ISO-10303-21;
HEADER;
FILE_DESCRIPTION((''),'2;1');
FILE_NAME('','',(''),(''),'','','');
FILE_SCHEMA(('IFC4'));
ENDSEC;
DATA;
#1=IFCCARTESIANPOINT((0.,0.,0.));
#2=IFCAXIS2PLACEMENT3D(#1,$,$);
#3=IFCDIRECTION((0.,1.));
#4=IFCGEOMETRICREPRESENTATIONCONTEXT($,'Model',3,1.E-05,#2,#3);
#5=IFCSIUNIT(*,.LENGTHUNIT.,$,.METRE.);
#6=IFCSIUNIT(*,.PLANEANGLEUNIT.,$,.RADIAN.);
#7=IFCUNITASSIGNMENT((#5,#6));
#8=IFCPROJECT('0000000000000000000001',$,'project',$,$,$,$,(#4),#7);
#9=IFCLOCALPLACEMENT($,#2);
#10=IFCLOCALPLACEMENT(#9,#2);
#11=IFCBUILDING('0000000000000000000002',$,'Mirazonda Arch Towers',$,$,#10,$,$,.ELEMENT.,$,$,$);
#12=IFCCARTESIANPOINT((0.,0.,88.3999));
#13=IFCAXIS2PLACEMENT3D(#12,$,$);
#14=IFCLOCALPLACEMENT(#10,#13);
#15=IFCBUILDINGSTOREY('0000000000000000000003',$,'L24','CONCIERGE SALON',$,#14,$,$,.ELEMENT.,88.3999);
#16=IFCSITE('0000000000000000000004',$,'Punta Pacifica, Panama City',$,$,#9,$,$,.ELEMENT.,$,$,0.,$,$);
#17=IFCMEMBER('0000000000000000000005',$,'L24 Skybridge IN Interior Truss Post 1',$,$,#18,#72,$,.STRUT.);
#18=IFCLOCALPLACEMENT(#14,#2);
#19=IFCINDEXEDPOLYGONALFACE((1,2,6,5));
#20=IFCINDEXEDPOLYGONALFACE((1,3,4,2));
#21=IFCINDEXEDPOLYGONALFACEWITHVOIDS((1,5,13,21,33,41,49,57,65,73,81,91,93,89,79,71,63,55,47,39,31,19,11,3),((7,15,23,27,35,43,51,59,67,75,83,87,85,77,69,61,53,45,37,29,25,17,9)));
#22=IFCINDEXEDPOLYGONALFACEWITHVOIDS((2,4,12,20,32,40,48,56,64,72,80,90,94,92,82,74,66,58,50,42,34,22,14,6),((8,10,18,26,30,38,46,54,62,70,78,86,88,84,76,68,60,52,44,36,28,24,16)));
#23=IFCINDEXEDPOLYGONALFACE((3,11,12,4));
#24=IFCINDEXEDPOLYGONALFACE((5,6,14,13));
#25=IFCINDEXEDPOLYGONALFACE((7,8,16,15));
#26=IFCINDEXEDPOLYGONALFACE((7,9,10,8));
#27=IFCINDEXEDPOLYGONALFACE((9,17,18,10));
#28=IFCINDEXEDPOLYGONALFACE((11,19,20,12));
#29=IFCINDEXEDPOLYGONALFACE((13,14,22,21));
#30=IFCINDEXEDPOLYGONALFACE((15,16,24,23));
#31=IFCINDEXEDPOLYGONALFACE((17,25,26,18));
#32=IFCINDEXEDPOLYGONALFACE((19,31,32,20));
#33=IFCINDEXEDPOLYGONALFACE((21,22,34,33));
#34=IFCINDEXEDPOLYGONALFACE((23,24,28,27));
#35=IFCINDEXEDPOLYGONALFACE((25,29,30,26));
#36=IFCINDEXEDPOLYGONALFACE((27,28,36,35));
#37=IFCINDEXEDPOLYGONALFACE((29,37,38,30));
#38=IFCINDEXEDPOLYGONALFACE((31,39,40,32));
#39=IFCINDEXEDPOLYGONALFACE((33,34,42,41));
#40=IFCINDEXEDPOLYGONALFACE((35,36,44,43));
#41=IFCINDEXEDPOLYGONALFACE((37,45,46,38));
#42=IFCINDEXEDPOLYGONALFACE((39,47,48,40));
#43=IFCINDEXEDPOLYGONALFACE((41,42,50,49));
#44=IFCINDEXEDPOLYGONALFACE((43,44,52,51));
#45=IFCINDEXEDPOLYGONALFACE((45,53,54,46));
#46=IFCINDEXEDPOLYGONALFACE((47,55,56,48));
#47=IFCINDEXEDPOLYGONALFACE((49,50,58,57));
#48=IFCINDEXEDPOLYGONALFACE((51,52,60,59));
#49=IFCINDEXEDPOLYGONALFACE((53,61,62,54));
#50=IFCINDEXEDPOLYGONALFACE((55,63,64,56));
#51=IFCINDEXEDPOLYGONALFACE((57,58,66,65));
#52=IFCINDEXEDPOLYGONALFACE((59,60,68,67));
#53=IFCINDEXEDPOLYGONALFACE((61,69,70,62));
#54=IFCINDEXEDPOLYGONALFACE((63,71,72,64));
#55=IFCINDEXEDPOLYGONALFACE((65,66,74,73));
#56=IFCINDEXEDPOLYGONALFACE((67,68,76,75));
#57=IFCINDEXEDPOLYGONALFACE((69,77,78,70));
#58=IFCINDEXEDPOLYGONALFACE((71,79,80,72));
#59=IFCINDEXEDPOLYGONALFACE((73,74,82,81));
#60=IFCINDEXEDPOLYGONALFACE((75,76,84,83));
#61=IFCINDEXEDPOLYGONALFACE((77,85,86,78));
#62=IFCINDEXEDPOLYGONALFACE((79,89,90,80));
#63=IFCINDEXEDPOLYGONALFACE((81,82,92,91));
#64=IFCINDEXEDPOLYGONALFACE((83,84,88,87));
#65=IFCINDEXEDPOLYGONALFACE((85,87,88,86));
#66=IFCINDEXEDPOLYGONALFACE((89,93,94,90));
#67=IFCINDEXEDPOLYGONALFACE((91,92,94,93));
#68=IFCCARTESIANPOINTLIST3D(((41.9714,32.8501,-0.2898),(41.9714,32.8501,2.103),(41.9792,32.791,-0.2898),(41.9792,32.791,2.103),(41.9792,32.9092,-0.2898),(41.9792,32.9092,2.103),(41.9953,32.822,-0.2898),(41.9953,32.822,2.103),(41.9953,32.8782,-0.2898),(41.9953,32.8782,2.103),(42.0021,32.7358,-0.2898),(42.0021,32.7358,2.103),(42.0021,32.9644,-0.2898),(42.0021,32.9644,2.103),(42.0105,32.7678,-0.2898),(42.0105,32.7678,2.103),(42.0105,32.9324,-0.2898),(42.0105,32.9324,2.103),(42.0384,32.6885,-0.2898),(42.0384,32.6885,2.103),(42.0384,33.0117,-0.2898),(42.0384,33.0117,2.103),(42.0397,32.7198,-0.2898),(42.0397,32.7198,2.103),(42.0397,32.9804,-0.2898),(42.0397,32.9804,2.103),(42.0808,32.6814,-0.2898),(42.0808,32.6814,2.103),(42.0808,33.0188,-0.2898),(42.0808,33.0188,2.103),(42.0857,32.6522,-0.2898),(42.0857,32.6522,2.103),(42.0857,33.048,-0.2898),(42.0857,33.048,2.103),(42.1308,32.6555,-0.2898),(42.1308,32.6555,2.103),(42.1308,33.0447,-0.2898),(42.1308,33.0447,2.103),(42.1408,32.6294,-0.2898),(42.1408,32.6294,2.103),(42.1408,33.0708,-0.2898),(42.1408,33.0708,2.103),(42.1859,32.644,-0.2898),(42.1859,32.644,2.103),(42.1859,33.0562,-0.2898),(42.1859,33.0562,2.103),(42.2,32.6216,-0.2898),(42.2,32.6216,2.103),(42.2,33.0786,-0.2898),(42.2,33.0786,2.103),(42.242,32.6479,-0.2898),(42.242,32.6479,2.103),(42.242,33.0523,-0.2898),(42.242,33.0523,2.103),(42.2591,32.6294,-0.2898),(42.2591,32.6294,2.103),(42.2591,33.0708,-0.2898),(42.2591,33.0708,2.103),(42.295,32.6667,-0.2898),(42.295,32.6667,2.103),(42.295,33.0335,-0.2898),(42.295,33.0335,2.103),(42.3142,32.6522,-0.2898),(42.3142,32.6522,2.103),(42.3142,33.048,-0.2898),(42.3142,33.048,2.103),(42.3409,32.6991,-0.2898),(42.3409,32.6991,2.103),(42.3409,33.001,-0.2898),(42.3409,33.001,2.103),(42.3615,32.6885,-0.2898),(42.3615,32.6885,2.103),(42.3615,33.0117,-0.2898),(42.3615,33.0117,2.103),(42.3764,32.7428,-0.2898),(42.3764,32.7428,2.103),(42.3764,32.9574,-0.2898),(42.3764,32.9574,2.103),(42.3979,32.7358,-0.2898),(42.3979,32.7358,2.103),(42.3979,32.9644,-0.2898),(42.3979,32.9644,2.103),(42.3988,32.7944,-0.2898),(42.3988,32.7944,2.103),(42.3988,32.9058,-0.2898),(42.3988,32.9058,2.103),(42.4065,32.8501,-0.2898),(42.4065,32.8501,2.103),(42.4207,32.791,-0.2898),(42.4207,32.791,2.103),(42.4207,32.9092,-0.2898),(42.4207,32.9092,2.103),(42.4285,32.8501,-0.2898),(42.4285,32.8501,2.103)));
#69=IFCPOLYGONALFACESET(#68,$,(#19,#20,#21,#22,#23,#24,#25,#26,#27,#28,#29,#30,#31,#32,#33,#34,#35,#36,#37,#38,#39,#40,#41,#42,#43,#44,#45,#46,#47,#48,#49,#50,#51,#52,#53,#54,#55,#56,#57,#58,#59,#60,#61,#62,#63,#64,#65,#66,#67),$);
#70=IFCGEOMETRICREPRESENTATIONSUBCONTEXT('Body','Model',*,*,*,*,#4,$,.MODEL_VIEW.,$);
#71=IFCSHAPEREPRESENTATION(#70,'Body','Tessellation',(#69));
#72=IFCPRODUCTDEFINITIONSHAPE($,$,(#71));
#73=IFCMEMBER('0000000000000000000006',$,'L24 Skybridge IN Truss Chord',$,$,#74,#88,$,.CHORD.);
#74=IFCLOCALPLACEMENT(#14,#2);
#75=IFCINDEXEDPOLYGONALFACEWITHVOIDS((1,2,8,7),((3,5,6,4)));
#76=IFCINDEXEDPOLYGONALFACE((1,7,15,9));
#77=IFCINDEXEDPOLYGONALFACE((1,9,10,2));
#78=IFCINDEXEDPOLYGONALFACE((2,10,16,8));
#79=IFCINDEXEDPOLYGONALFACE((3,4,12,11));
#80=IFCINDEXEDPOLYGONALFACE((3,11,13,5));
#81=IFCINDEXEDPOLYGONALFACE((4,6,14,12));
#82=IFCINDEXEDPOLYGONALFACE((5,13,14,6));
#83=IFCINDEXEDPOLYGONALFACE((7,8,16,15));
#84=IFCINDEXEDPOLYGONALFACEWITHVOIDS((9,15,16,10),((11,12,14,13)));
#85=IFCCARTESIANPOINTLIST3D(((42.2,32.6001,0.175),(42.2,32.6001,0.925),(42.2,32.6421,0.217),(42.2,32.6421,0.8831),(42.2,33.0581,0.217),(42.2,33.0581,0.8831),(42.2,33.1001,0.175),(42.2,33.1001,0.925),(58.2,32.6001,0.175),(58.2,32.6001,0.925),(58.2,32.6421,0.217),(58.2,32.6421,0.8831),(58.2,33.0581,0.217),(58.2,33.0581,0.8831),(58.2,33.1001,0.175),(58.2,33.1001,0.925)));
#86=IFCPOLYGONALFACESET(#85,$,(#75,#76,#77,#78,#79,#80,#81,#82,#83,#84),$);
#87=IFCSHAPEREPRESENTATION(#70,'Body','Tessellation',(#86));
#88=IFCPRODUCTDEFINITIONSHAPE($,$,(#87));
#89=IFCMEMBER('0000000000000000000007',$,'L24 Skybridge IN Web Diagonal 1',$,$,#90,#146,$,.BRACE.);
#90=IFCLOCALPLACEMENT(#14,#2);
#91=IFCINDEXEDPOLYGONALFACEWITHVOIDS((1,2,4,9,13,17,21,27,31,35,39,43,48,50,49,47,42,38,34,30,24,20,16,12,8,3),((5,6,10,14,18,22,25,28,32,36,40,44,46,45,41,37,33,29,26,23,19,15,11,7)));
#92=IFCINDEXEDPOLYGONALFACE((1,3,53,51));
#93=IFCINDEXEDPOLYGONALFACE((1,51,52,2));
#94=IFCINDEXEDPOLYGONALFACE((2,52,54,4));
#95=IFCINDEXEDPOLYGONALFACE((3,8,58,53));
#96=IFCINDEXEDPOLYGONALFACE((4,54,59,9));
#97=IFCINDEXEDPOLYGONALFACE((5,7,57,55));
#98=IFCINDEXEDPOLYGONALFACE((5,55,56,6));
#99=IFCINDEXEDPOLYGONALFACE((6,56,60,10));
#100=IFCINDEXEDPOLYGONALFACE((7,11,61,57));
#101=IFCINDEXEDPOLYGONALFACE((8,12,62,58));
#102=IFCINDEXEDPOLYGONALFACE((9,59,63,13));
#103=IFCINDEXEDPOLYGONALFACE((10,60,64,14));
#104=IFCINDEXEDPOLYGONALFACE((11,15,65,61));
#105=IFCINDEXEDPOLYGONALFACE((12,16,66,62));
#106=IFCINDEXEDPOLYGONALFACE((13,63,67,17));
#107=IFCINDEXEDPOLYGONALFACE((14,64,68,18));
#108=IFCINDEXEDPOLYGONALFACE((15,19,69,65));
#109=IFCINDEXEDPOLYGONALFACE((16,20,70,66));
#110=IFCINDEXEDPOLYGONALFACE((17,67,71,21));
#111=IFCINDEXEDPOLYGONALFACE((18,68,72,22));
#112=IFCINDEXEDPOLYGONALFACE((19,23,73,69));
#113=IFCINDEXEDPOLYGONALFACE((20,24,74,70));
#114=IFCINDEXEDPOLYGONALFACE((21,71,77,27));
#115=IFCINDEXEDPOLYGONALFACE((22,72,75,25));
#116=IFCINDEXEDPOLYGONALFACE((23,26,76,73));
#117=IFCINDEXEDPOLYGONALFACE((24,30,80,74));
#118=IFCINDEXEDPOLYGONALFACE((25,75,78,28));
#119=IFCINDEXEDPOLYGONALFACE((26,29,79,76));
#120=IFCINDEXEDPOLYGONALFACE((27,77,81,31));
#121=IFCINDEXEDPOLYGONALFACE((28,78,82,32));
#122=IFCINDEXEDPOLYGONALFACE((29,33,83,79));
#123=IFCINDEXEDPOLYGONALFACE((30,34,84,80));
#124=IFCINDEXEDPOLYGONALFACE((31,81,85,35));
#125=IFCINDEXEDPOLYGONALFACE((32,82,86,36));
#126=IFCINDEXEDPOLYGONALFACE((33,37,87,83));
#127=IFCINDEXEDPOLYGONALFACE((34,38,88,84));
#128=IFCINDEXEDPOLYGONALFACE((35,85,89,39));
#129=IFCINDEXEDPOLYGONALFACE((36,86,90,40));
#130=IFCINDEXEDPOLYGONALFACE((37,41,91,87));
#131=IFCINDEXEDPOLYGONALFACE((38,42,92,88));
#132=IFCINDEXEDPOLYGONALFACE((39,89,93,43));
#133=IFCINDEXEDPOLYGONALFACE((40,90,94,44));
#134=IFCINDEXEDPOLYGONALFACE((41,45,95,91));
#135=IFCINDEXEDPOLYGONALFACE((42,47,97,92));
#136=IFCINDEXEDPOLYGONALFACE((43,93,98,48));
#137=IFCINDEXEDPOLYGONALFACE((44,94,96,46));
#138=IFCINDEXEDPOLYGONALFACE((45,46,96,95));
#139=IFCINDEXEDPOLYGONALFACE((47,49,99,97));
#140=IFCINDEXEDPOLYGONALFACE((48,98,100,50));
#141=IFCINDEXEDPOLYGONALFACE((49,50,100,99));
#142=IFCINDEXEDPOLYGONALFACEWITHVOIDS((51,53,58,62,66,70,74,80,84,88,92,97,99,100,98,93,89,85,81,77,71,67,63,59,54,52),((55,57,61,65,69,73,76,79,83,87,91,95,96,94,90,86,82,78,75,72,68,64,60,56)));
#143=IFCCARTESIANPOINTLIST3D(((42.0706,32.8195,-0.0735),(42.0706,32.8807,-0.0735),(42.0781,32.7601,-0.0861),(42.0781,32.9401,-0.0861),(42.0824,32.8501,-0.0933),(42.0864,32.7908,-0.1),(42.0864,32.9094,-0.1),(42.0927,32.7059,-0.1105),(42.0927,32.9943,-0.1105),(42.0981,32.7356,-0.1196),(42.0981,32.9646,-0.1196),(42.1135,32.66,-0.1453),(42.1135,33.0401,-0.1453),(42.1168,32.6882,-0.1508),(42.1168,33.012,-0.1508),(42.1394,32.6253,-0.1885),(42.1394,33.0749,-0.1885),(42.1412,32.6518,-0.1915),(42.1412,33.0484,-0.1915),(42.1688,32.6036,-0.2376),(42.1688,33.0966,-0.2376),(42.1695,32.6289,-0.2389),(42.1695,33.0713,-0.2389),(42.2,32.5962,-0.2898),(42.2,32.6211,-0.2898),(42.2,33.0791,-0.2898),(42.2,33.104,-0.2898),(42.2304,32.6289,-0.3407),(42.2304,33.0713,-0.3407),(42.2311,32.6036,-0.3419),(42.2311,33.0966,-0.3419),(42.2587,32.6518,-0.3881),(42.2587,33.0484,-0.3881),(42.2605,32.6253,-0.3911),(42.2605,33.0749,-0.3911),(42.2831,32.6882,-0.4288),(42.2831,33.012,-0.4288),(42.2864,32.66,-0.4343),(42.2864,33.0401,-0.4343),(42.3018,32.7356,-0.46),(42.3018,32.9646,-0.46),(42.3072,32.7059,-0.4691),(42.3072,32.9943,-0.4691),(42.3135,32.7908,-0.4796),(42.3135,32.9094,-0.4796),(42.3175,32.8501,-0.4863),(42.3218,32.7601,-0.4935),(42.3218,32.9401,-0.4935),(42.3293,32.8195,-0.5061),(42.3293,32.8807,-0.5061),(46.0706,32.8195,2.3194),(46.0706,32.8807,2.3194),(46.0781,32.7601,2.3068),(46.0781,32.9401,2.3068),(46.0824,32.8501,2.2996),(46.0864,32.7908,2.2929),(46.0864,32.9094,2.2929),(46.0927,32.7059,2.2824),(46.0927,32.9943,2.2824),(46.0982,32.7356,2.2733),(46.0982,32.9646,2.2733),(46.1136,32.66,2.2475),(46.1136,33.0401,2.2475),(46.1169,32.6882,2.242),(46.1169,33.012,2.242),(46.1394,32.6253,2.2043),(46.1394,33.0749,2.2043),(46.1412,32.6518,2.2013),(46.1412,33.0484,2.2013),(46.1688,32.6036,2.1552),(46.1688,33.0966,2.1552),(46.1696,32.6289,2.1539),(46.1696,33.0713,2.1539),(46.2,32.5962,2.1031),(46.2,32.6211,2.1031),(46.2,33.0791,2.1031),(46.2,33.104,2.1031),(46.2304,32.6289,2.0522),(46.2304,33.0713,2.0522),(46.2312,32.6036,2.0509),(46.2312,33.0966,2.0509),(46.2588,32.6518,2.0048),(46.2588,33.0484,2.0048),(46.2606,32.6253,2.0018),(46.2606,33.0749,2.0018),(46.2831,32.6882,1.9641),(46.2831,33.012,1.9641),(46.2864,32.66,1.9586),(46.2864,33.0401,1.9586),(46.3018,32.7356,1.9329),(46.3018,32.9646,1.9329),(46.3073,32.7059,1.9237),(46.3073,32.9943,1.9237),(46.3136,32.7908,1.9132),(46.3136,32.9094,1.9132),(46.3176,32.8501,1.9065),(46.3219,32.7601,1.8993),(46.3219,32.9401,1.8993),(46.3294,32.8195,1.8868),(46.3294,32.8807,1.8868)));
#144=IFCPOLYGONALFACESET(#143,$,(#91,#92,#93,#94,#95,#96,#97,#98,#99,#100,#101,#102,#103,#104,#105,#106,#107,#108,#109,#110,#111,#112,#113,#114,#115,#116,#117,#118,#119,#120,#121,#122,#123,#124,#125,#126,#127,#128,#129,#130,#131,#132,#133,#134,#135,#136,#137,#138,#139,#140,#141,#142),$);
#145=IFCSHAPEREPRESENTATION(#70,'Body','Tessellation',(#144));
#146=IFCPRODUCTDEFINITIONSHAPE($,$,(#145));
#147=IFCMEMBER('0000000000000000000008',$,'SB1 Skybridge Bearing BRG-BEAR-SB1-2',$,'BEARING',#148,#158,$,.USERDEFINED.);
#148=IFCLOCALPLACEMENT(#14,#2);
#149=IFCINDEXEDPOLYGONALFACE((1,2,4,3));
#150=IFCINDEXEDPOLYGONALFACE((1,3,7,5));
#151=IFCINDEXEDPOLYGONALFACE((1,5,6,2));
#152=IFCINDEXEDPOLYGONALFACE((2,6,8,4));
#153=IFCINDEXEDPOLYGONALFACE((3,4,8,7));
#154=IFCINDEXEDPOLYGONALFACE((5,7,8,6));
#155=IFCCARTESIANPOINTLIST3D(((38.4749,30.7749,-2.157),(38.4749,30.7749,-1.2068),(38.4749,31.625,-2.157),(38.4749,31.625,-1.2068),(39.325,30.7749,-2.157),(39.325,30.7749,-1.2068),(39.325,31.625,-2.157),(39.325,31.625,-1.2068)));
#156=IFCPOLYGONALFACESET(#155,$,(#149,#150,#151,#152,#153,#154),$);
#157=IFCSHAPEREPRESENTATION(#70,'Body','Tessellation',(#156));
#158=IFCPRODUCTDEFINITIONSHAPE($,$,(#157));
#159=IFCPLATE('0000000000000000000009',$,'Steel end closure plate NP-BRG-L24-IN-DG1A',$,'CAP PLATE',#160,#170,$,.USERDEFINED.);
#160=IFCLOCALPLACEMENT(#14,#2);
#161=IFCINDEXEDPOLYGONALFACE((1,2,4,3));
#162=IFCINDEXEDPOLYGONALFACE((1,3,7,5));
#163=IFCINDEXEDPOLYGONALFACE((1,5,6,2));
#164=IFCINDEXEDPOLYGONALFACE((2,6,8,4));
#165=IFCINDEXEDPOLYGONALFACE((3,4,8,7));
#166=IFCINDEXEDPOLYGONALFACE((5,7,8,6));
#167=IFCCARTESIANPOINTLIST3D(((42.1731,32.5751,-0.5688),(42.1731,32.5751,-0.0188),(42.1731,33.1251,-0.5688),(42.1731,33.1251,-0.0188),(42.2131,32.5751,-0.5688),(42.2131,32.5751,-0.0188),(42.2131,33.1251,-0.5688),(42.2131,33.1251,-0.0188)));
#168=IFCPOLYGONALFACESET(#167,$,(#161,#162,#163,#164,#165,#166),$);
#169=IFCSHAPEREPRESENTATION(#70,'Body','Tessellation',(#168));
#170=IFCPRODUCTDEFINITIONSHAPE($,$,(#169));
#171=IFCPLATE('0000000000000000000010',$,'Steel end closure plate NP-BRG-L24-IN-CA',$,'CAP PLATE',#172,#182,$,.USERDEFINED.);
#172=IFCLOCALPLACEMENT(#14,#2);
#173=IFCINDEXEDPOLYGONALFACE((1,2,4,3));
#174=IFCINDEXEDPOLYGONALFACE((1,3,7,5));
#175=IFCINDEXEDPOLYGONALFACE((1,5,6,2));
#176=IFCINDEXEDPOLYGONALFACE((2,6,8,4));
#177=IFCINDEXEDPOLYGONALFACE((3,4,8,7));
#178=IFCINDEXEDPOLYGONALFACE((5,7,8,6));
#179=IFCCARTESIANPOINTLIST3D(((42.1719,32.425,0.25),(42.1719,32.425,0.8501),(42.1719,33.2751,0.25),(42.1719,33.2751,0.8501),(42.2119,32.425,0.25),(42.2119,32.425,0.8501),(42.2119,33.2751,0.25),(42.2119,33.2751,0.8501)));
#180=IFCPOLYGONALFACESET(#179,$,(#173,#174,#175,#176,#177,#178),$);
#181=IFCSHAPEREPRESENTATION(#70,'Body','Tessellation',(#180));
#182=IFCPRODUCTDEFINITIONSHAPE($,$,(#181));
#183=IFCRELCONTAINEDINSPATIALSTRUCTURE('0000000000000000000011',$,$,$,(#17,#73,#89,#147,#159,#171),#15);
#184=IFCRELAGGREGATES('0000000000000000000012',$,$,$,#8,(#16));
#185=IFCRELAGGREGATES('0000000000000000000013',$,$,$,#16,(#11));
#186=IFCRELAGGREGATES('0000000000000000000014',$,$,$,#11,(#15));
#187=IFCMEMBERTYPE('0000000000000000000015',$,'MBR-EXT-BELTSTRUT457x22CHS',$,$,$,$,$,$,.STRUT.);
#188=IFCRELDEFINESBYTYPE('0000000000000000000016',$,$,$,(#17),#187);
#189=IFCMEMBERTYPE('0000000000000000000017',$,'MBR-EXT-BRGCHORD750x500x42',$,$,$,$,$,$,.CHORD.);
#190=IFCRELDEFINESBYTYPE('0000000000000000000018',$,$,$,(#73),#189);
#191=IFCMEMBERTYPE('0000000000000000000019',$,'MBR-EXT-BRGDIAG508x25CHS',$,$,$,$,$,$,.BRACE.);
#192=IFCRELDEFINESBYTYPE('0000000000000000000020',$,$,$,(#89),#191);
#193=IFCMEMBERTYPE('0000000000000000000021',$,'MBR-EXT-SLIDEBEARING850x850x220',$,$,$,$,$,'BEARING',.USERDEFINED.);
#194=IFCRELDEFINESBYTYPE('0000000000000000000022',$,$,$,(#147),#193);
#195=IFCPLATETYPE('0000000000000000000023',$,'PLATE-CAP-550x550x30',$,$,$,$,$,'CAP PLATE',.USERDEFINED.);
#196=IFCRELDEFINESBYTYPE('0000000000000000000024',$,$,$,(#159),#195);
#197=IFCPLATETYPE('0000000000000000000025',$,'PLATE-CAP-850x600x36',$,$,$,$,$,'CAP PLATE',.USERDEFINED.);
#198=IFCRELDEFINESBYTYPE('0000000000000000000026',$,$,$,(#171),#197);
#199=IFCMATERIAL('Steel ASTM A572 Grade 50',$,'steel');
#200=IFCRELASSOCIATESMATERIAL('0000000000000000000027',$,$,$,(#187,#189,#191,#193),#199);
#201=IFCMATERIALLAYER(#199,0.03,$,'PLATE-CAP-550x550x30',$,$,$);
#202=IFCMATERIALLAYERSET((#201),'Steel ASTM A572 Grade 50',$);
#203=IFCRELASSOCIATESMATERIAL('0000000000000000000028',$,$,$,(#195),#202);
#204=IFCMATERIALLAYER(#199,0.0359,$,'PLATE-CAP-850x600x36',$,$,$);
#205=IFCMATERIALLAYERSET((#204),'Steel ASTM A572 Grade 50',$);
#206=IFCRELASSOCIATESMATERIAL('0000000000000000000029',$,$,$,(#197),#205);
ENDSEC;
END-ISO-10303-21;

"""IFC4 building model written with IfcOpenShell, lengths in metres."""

from ifc_helpers import new_model, si_unit, direction, frame, origin, origin_2d, place, context, subcontext, project, spatial, rectangle, hollow_rectangle, hollow_circle, extrude, material, layer, layer_set, material_profile, profile_set, type_object, element, save


model = new_model("IFC4")

# Units and contexts
model_context = context("Model", 3, precision=1e-05, world=origin(), true_north=direction((0.0, 1.0)))
body_context = subcontext(model_context, "Body", "Model", "MODEL_VIEW")
ifc_project = project(units=[si_unit("LENGTHUNIT", "METRE"), si_unit("PLANEANGLEUNIT", "RADIAN")], contexts=[model_context])

# Site, building, storey
site_placement = place(None, origin())
site = spatial("IfcSite", under=ifc_project, at=site_placement, Name="Punta Pacifica, Panama City", CompositionType="ELEMENT", RefElevation=0.0)
building_placement = place(site_placement, origin())
building = spatial("IfcBuilding", under=site, at=building_placement, Name="Mirazonda Arch Towers", CompositionType="ELEMENT")
storey_placement = place(building_placement, frame((0.0, 0.0, 88.3999)))
storey = spatial("IfcBuildingStorey", under=building, at=storey_placement, Name="L24", Description="CONCIERGE SALON", CompositionType="ELEMENT", Elevation=88.3999)

# Shared definitions
ifc_material_1 = material(Name="Steel ASTM A572 Grade 50", Category="steel")

# Members
ifc_material_profile_1 = material_profile(ifc_material_1, hollow_circle(Radius=0.2285, WallThickness=0.022, at=origin_2d()), Name="BELTSTRUT457x22CHS")
ifc_profile_set_1 = profile_set([ifc_material_profile_1], Name="Steel ASTM A572 Grade 50")
member_type_1 = type_object("IfcMemberType", Name="MBR-EXT-BELTSTRUT457x22CHS", PredefinedType="STRUT", material=ifc_profile_set_1)
for number, where, z_axis, x_axis, name in (
    (1, (42.2, 32.8501, -0.2898), (0.0, 0.0, 1.0), (1.0, 0.0, 0.0), "L24 Skybridge IN Interior Truss Post 1"),
):
    element("IfcMember", number, at=place(storey_placement, frame(where, z_axis=z_axis, x_axis=x_axis)), inside=storey, type_object=member_type_1, Name=name, PredefinedType="STRUT", context=body_context, shape_type="SweptSolid", body=[
        extrude(hollow_circle(Radius=0.2285, WallThickness=0.022, at=origin_2d()), origin(), (0.0, 0.0, 1.0), 2.3928),
    ])
ifc_material_profile_2 = material_profile(ifc_material_1, hollow_rectangle(XDim=0.5, YDim=0.75, WallThickness=0.042, at=origin_2d()), Name="BRGCHORD750x500x42")
ifc_profile_set_2 = profile_set([ifc_material_profile_2], Name="Steel ASTM A572 Grade 50")
member_type_2 = type_object("IfcMemberType", Name="MBR-EXT-BRGCHORD750x500x42", PredefinedType="CHORD", material=ifc_profile_set_2)
member_1_placement = place(storey_placement, frame((42.2, 32.8501, 0.55), z_axis=(1.0, 0.0, 0.0), x_axis=(0.0, 1.0, 0.0)))
element("IfcMember", 2, at=member_1_placement, inside=storey, type_object=member_type_2, Name="L24 Skybridge IN Truss Chord", PredefinedType="CHORD", context=body_context, shape_type="SweptSolid", body=[
    extrude(hollow_rectangle(XDim=0.5, YDim=0.75, WallThickness=0.042, at=origin_2d()), origin(), (0.0, 0.0, 1.0), 16.0),
])
ifc_material_profile_3 = material_profile(ifc_material_1, hollow_circle(Radius=0.2539, WallThickness=0.0249, at=origin_2d()), Name="BRGDIAG508x25CHS")
ifc_profile_set_3 = profile_set([ifc_material_profile_3], Name="Steel ASTM A572 Grade 50")
member_type_3 = type_object("IfcMemberType", Name="MBR-EXT-BRGDIAG508x25CHS", PredefinedType="BRACE", material=ifc_profile_set_3)
member_2_placement = place(storey_placement, frame((42.2, 32.8501, -0.2898), z_axis=(0.858172, 0.0, 0.513363), x_axis=(0.0, 1.0, 0.0)))
element("IfcMember", 3, at=member_2_placement, inside=storey, type_object=member_type_3, Name="L24 Skybridge IN Web Diagonal 1", PredefinedType="BRACE", context=body_context, shape_type="SweptSolid", body=[
    extrude(hollow_circle(Radius=0.2539, WallThickness=0.0249, at=origin_2d()), origin(), (0.0, 0.0, 1.0), 4.6611),
])
ifc_material_profile_4 = material_profile(ifc_material_1, rectangle(XDim=0.8501, YDim=0.8501, at=origin_2d()), Name="SLIDEBEARING850x850x220")
ifc_profile_set_4 = profile_set([ifc_material_profile_4], Name="Steel ASTM A572 Grade 50")
member_type_4 = type_object("IfcMemberType", Name="MBR-EXT-SLIDEBEARING850x850x220", ElementType="BEARING", PredefinedType="USERDEFINED", material=ifc_profile_set_4)
member_3_placement = place(storey_placement, frame((38.8999, 31.2, -2.157), z_axis=(0.0, 0.0, 1.0), x_axis=(1.0, 0.0, 0.0)))
element("IfcMember", 4, at=member_3_placement, inside=storey, type_object=member_type_4, Name="SB1 Skybridge Bearing BRG-BEAR-SB1-2", ObjectType="BEARING", PredefinedType="USERDEFINED", context=body_context, shape_type="SweptSolid", body=[
    extrude(rectangle(XDim=0.8501, YDim=0.8501, at=origin_2d()), origin(), (0.0, 0.0, 1.0), 0.9502),
])

# Plates
ifc_layer_1 = layer(ifc_material_1, 0.03, Name="PLATE-CAP-550x550x30")
ifc_layer_set_1 = layer_set([ifc_layer_1], Name="Steel ASTM A572 Grade 50")
plate_type_1 = type_object("IfcPlateType", Name="PLATE-CAP-550x550x30", ElementType="CAP PLATE", PredefinedType="USERDEFINED", material=ifc_layer_set_1)
plate_1_placement = place(storey_placement, frame((42.1931, 32.8501, -0.5688), z_axis=(0.0, 0.0, 1.0), x_axis=(-1.0, 0.0, 0.0)))
element("IfcPlate", 5, at=plate_1_placement, inside=storey, type_object=plate_type_1, Name="Steel end closure plate NP-BRG-L24-IN-DG1A", ObjectType="CAP PLATE", PredefinedType="USERDEFINED", context=body_context, shape_type="SweptSolid", body=[
    extrude(rectangle(XDim=0.04, YDim=0.55, at=origin_2d()), origin(), (0.0, 0.0, 1.0), 0.55),
])
ifc_layer_2 = layer(ifc_material_1, 0.0359, Name="PLATE-CAP-850x600x36")
ifc_layer_set_2 = layer_set([ifc_layer_2], Name="Steel ASTM A572 Grade 50")
plate_type_2 = type_object("IfcPlateType", Name="PLATE-CAP-850x600x36", ElementType="CAP PLATE", PredefinedType="USERDEFINED", material=ifc_layer_set_2)
plate_2_placement = place(storey_placement, frame((42.1919, 32.8501, 0.25), z_axis=(0.0, 0.0, 1.0), x_axis=(-1.0, 0.0, 0.0)))
element("IfcPlate", 6, at=plate_2_placement, inside=storey, type_object=plate_type_2, Name="Steel end closure plate NP-BRG-L24-IN-CA", ObjectType="CAP PLATE", PredefinedType="USERDEFINED", context=body_context, shape_type="SweptSolid", body=[
    extrude(rectangle(XDim=0.04, YDim=0.8501, at=origin_2d()), origin(), (0.0, 0.0, 1.0), 0.6001),
])

save(model, "model.ifc")
